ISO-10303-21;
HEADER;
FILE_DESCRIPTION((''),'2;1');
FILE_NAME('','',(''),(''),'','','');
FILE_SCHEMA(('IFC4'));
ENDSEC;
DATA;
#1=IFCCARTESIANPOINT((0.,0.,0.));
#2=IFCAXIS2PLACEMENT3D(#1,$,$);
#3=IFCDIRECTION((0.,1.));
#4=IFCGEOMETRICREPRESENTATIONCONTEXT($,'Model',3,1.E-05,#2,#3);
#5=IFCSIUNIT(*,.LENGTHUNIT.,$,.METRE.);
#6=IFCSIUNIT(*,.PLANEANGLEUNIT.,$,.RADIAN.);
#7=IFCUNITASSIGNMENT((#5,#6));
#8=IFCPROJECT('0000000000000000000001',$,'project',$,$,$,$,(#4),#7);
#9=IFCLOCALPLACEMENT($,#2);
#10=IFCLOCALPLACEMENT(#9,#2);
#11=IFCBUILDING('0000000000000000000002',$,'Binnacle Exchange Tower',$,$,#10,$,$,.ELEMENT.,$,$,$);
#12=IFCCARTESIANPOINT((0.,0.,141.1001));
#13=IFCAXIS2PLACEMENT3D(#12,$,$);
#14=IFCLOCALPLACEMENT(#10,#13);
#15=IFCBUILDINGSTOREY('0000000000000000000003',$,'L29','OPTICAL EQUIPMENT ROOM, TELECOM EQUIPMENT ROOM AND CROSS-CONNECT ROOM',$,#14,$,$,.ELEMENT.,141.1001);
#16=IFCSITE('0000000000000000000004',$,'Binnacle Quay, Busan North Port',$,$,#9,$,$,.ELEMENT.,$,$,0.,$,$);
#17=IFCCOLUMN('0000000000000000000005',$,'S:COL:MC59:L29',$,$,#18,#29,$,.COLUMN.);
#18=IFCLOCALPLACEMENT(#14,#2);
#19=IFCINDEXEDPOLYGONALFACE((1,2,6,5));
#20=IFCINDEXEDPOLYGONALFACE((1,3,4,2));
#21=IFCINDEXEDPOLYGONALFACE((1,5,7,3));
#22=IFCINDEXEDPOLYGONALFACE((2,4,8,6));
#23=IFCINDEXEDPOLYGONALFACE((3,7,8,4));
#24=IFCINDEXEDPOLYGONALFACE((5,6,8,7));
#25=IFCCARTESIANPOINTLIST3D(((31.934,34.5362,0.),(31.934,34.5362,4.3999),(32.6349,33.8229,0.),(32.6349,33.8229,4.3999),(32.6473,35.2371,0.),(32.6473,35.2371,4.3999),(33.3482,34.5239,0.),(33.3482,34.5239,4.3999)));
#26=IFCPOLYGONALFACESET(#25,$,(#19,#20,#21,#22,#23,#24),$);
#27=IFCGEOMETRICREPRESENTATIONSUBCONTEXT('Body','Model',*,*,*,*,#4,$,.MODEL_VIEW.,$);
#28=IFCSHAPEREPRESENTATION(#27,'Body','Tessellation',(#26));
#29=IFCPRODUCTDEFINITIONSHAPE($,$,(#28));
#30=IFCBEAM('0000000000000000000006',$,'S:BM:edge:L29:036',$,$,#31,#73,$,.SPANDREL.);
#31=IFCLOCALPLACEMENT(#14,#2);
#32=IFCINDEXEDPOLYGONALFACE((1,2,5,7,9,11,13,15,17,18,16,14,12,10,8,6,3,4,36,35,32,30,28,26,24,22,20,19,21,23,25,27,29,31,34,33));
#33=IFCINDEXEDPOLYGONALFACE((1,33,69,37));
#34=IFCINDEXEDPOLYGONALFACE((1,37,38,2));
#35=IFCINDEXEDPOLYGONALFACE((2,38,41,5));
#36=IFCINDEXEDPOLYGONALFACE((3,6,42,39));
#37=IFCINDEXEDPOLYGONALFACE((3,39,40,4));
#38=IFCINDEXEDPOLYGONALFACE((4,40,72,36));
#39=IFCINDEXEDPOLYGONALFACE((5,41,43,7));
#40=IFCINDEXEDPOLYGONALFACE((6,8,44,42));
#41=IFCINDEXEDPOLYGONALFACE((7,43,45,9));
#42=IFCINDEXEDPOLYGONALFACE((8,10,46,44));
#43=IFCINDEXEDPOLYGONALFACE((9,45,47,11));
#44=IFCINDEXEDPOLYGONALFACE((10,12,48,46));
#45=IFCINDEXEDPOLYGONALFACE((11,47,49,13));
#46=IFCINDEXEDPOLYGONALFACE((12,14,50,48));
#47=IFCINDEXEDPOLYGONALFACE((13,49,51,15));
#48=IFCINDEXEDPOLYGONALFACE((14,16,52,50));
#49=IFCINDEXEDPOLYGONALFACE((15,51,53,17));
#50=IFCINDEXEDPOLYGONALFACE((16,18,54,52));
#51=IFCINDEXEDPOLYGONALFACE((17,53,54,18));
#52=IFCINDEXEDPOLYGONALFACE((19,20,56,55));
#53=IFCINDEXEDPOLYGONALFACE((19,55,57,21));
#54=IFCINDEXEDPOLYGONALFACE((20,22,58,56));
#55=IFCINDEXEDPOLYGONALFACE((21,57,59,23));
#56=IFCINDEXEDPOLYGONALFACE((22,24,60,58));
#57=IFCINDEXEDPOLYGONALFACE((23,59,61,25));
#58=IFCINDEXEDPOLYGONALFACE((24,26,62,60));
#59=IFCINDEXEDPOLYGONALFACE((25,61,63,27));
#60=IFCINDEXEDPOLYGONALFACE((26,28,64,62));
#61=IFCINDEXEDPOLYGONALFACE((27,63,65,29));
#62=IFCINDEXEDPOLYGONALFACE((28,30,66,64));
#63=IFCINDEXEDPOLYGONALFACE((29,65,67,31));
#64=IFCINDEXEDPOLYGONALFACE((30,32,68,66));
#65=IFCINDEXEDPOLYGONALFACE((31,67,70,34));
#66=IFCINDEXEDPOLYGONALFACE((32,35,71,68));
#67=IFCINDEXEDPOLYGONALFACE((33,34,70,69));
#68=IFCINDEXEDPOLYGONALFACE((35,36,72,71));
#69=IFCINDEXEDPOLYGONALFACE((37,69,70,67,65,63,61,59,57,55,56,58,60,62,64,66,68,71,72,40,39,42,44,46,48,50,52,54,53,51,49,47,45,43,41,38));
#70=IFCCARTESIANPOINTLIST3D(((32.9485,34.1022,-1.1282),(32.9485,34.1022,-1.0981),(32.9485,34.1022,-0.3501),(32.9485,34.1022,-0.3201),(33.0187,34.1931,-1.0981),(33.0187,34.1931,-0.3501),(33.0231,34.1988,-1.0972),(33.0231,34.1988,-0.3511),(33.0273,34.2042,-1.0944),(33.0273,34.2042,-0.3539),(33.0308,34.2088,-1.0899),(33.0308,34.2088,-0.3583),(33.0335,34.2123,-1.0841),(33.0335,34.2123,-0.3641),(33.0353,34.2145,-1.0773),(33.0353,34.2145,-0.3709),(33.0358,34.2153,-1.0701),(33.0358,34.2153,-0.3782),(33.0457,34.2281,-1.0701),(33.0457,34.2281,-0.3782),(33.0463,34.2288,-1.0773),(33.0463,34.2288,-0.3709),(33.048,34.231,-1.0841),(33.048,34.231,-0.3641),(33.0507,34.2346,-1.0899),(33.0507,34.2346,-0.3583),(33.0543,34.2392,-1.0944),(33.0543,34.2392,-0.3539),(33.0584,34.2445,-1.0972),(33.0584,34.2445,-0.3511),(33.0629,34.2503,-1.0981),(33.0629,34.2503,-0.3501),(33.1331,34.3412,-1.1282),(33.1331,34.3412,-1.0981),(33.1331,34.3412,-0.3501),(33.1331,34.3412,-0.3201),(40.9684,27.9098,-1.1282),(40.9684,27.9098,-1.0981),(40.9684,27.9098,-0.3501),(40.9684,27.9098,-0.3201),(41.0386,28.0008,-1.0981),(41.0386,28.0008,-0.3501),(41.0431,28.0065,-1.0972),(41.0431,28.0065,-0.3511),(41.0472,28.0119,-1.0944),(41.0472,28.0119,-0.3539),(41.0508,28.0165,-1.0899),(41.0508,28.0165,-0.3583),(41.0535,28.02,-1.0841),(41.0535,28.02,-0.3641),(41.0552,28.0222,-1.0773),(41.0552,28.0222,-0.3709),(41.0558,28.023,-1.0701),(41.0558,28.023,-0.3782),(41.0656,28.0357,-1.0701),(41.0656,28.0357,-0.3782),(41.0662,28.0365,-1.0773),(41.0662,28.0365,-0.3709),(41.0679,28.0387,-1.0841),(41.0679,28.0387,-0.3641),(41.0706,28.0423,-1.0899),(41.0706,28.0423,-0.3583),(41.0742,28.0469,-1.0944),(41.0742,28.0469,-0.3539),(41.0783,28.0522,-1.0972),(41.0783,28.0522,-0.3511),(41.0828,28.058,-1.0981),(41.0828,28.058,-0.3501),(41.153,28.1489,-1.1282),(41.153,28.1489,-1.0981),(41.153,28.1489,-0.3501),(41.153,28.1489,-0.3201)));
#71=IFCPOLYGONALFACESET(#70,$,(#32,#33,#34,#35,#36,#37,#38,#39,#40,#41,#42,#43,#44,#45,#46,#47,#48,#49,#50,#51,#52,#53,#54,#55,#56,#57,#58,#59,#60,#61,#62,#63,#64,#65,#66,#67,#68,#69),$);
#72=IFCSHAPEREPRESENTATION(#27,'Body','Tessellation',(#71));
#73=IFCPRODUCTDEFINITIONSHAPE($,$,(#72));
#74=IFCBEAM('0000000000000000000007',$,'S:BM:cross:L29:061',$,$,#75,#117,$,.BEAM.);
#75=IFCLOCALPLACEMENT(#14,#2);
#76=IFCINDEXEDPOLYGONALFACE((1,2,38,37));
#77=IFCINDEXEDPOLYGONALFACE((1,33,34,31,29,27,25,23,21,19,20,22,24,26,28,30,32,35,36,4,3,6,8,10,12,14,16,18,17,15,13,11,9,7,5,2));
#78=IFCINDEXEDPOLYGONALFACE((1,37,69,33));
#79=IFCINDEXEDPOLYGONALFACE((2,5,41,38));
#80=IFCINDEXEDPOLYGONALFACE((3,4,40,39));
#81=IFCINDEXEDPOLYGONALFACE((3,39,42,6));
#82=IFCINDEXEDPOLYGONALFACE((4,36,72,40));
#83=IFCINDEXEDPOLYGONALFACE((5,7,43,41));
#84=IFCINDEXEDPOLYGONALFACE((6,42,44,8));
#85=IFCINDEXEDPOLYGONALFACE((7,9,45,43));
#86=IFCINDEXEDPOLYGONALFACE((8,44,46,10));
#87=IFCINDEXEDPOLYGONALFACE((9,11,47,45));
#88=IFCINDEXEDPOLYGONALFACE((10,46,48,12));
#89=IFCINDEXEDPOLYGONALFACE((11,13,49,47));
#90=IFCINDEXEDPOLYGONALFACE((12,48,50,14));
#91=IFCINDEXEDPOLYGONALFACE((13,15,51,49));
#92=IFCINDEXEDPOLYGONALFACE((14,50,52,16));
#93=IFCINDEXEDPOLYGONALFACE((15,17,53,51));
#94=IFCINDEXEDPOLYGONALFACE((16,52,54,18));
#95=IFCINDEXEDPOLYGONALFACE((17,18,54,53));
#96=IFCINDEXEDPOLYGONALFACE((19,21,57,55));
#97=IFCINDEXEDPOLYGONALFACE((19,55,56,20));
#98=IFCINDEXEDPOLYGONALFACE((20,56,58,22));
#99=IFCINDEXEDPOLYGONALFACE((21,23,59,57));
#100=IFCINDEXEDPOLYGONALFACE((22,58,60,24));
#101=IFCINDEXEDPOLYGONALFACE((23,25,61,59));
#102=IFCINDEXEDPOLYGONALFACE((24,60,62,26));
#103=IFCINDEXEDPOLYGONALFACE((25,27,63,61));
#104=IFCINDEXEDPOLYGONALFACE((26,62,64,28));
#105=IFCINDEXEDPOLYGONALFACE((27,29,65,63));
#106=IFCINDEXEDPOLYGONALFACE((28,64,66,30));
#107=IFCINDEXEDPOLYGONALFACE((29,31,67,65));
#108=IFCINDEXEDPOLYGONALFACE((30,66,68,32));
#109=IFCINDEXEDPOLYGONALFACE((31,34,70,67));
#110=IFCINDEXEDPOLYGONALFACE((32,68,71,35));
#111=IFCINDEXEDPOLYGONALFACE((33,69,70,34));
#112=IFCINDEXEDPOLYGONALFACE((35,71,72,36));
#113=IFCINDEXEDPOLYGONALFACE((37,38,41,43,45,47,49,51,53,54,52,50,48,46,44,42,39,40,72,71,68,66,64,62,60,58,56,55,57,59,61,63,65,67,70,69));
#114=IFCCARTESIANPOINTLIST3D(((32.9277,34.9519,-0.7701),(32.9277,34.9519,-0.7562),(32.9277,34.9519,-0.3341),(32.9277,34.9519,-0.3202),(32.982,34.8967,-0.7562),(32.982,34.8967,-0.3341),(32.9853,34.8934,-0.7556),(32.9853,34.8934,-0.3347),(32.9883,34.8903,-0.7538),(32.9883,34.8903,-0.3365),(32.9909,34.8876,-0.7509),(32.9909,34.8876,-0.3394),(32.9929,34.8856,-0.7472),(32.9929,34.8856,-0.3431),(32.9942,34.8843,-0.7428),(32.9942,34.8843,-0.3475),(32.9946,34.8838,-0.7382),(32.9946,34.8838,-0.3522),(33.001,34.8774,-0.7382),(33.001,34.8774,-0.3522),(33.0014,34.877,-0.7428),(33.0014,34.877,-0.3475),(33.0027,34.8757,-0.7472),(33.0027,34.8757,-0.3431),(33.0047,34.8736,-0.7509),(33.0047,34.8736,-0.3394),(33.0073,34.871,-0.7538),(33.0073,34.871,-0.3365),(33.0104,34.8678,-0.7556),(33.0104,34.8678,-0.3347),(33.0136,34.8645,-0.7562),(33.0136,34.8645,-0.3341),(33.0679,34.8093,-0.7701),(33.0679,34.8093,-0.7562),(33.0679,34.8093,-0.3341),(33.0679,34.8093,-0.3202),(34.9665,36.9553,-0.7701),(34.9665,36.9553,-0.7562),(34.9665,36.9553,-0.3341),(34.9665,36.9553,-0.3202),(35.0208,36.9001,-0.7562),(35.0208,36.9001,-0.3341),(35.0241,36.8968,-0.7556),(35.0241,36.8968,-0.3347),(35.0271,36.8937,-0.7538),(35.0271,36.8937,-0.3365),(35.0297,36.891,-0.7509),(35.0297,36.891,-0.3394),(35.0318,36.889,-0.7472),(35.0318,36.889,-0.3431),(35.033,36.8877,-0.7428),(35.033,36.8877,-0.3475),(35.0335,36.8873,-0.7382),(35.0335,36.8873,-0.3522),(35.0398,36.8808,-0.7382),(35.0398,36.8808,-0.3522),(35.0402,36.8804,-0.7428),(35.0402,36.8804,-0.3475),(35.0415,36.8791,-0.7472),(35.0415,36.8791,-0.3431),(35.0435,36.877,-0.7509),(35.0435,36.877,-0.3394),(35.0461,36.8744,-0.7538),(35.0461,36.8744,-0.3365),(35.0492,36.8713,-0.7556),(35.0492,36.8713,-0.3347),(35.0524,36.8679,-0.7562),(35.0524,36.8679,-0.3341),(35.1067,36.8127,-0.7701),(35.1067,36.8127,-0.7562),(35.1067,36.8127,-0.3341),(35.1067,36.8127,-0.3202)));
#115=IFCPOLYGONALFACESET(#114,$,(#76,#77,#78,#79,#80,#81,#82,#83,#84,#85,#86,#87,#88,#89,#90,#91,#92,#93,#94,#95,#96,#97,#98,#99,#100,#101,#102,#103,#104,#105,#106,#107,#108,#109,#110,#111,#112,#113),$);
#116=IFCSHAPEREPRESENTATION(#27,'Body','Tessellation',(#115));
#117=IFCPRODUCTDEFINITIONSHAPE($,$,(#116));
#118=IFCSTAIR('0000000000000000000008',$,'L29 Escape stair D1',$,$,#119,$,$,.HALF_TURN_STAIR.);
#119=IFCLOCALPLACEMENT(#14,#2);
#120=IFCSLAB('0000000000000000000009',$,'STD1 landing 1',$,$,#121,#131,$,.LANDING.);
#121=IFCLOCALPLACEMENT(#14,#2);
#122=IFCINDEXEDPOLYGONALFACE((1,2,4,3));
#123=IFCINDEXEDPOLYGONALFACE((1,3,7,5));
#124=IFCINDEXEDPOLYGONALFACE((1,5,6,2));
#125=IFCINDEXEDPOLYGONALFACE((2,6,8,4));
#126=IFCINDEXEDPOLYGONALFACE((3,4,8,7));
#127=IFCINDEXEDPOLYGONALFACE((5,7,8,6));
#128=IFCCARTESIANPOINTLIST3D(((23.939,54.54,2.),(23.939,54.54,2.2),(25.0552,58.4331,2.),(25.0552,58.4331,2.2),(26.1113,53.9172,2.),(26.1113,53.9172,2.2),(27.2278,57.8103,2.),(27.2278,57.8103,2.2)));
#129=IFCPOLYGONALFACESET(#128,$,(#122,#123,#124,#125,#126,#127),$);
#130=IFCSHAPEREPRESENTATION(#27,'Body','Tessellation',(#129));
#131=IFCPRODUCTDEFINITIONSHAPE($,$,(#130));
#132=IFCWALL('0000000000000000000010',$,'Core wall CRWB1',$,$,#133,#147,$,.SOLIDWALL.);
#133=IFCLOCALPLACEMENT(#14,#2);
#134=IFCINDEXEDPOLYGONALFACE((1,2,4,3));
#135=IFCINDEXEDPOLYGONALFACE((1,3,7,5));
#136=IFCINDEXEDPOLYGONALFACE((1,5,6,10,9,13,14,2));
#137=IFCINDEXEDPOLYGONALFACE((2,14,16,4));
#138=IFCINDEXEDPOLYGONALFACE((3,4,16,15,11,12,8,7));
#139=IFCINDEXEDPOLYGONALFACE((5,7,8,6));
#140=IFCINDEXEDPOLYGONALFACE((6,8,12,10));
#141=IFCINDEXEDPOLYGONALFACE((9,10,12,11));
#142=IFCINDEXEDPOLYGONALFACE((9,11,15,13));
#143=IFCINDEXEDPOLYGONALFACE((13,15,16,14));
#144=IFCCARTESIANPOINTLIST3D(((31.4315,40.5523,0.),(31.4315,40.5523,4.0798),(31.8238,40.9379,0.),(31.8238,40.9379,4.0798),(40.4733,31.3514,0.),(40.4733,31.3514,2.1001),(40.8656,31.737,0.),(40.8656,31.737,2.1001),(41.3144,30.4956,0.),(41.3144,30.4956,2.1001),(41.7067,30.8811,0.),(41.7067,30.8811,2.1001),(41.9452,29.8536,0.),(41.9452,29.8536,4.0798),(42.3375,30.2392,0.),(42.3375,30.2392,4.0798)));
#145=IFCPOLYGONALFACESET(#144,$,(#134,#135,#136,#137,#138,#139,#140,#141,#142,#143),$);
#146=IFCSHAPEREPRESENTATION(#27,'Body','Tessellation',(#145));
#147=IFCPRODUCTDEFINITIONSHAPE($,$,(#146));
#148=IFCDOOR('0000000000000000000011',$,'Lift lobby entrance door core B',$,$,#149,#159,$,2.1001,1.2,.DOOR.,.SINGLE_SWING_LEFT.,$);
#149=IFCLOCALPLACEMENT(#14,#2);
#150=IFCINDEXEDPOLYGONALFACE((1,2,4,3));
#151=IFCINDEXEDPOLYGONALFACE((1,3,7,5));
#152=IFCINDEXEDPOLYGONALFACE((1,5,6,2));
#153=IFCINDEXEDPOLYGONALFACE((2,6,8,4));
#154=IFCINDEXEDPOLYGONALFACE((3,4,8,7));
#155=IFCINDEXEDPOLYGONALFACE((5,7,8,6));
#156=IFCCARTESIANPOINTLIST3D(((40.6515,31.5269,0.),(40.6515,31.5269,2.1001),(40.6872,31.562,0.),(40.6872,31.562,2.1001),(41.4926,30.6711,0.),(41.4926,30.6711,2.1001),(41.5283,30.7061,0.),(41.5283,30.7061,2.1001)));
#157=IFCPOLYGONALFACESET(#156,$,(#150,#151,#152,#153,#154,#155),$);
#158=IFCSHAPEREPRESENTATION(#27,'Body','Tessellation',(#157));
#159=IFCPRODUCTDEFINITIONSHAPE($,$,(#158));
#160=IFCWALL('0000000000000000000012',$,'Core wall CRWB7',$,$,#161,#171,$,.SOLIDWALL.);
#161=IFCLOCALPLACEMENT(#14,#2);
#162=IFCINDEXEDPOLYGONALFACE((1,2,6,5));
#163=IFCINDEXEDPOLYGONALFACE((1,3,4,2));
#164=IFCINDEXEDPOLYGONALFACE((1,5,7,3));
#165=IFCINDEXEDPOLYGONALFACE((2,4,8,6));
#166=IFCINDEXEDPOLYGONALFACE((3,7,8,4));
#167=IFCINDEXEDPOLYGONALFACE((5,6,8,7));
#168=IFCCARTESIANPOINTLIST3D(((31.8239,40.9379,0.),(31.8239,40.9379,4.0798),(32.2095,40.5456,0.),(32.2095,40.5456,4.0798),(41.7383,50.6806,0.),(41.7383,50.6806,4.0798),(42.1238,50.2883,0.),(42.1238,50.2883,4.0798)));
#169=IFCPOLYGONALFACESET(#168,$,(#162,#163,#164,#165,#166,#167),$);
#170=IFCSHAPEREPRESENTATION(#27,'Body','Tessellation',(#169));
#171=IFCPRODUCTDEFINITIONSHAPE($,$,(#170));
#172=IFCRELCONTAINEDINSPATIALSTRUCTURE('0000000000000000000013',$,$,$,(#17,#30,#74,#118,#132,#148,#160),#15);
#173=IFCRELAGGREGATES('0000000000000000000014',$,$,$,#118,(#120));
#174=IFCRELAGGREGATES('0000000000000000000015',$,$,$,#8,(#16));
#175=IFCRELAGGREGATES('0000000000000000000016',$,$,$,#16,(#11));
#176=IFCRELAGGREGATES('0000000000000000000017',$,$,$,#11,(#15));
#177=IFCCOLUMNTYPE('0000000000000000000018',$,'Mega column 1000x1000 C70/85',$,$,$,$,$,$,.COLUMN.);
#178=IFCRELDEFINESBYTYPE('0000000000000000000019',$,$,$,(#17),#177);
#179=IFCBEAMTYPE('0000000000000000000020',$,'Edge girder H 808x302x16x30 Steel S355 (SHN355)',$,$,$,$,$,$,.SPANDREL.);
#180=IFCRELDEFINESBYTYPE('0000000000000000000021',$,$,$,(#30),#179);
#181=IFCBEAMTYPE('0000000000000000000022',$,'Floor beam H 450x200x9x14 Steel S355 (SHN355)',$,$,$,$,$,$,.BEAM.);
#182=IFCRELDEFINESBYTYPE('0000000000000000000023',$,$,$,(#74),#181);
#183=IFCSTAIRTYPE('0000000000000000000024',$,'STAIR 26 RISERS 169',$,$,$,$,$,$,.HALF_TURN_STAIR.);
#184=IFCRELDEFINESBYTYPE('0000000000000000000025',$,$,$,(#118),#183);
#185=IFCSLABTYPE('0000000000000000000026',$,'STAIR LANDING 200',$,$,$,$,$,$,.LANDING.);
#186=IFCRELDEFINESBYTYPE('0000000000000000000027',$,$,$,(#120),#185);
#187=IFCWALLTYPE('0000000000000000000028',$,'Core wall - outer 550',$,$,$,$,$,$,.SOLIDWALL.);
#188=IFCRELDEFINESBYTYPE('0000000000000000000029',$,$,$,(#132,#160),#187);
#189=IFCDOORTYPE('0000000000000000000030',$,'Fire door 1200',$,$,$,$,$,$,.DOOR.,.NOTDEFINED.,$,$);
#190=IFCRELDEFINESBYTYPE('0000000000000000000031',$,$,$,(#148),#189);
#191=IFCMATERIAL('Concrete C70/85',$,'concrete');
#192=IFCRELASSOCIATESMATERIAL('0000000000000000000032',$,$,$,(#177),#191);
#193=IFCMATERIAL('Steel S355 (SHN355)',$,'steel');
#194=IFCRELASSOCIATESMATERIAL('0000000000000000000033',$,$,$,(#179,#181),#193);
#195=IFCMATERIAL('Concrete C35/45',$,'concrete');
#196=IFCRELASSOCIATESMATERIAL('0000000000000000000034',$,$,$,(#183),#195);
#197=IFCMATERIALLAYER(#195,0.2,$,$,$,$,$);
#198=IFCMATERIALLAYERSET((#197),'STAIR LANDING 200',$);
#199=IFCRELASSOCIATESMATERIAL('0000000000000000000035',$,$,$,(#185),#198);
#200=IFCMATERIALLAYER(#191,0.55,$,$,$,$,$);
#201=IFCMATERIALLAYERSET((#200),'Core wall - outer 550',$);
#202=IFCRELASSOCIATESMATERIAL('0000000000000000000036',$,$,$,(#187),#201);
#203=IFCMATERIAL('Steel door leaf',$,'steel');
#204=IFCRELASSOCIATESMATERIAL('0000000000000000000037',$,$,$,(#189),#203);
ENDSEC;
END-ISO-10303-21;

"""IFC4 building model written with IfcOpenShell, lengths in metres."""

from ifc_helpers import new_model, si_unit, direction, frame, frame_2d, origin, origin_2d, place, context, subcontext, project, spatial, polyline, rectangle, i_section, outline, extrude, material, layer, layer_set, material_profile, profile_set, type_object, element, fill, aggregate, save


model = new_model("IFC4")

# Units and contexts
model_context = context("Model", 3, precision=1e-05, world=origin(), true_north=direction((0.0, 1.0)))
body_context = subcontext(model_context, "Body", "Model", "MODEL_VIEW")
ifc_project = project(units=[si_unit("LENGTHUNIT", "METRE"), si_unit("PLANEANGLEUNIT", "RADIAN")], contexts=[model_context])

# Site, building, storey
site_placement = place(None, origin())
site = spatial("IfcSite", under=ifc_project, at=site_placement, Name="Binnacle Quay, Busan North Port", CompositionType="ELEMENT", RefElevation=0.0)
building_placement = place(site_placement, origin())
building = spatial("IfcBuilding", under=site, at=building_placement, Name="Binnacle Exchange Tower", CompositionType="ELEMENT")
storey_placement = place(building_placement, frame((0.0, 0.0, 141.1001)))
storey = spatial("IfcBuildingStorey", under=building, at=storey_placement, Name="L29", Description="OPTICAL EQUIPMENT ROOM, TELECOM EQUIPMENT ROOM AND CROSS-CONNECT ROOM", CompositionType="ELEMENT", Elevation=141.1001)

# Column
ifc_material_1 = material(Name="Concrete C70/85", Category="concrete")
ifc_material_profile_1 = material_profile(ifc_material_1, rectangle(XDim=1.0, YDim=1.0, at=origin_2d()), Name="Mega column 1000x1000 C70/85")
ifc_profile_set_1 = profile_set([ifc_material_profile_1], Name="Concrete C70/85")
column_type = type_object("IfcColumnType", Name="Mega column 1000x1000 C70/85", PredefinedType="COLUMN", material=ifc_profile_set_1)
column_placement = place(storey_placement, frame((32.6411, 34.53, 0.0), z_axis=(0.0, 0.0, 1.0), x_axis=(0.700909, -0.71325, 0.0)))
element("IfcColumn", 1, at=column_placement, inside=storey, type_object=column_type, Name="S:COL:MC59:L29", PredefinedType="COLUMN", context=body_context, shape_type="SweptSolid", body=[
    extrude(rectangle(XDim=1.0, YDim=1.0, at=origin_2d()), origin(), (0.0, 0.0, 1.0), 4.3999),
])

# Beams
ifc_material_2 = material(Name="Steel S355 (SHN355)", Category="steel")
ifc_material_profile_2 = material_profile(ifc_material_2, i_section(OverallWidth=0.302, OverallDepth=0.8081, WebThickness=0.0161, FlangeThickness=0.03, FilletRadius=0.0281, at=origin_2d()), Name="H 808x302x16x30")
ifc_profile_set_2 = profile_set([ifc_material_profile_2], Name="Steel S355 (SHN355)")
beam_type_1 = type_object("IfcBeamType", Name="Edge girder H 808x302x16x30 Steel S355 (SHN355)", PredefinedType="SPANDREL", material=ifc_profile_set_2)
beam_1_placement = place(storey_placement, frame((33.0408, 34.2217, -0.7241), z_axis=(0.791519, -0.611144, 0.0), x_axis=(0.611144, 0.791519, 0.0)))
element("IfcBeam", 2, at=beam_1_placement, inside=storey, type_object=beam_type_1, Name="S:BM:edge:L29:036", PredefinedType="SPANDREL", context=body_context, shape_type="SweptSolid", body=[
    extrude(i_section(OverallWidth=0.302, OverallDepth=0.8081, WebThickness=0.0161, FlangeThickness=0.03, FilletRadius=0.0281, at=origin_2d()), origin(), (0.0, 0.0, 1.0), 10.1323),
])
ifc_material_profile_3 = material_profile(ifc_material_2, i_section(OverallWidth=0.2, OverallDepth=0.45, WebThickness=0.009, FlangeThickness=0.0139, FilletRadius=0.0181, at=origin_2d()), Name="H 450x200x9x14")
ifc_profile_set_3 = profile_set([ifc_material_profile_3], Name="Steel S355 (SHN355)")
beam_type_2 = type_object("IfcBeamType", Name="Floor beam H 450x200x9x14 Steel S355 (SHN355)", PredefinedType="BEAM", material=ifc_profile_set_3)
beam_2_placement = place(storey_placement, frame((32.9978, 34.8806, -0.5452), z_axis=(0.713272, 0.700887, 0.0), x_axis=(-0.700887, 0.713272, 0.0)))
element("IfcBeam", 3, at=beam_2_placement, inside=storey, type_object=beam_type_2, Name="S:BM:cross:L29:061", PredefinedType="BEAM", context=body_context, shape_type="SweptSolid", body=[
    extrude(i_section(OverallWidth=0.2, OverallDepth=0.45, WebThickness=0.009, FlangeThickness=0.0139, FilletRadius=0.0181, at=origin_2d()), origin(), (0.0, 0.0, 1.0), 2.8584),
])

# Stair, slab
ifc_material_3 = material(Name="Concrete C35/45", Category="concrete")
stair_type = type_object("IfcStairType", Name="STAIR 26 RISERS 169", PredefinedType="HALF_TURN_STAIR", material=ifc_material_3)
stair_placement = place(storey_placement, origin())
stair = element("IfcStair", 4, at=stair_placement, inside=storey, type_object=stair_type, Name="L29 Escape stair D1", PredefinedType="HALF_TURN_STAIR")
ifc_layer_1 = layer(ifc_material_3, 0.2)
ifc_layer_set_1 = layer_set([ifc_layer_1], Name="STAIR LANDING 200")
slab_type = type_object("IfcSlabType", Name="STAIR LANDING 200", PredefinedType="LANDING", material=ifc_layer_set_1)
slab_placement = place(storey_placement, frame((0.0, 0.0, 2.0)))
slab = element("IfcSlab", 5, at=slab_placement, type_object=slab_type, Name="STD1 landing 1", PredefinedType="LANDING", context=body_context, shape_type="SweptSolid", body=[
    extrude(outline(polyline([(23.939, 54.54), (26.1113, 53.9172), (27.2278, 57.8103), (25.0552, 58.4331), (23.939, 54.54)])), origin(), (0.0, 0.0, 1.0), 0.2),
])
aggregate(stair, [slab])

# Wall, opening, door
ifc_layer_2 = layer(ifc_material_1, 0.55)
ifc_layer_set_2 = layer_set([ifc_layer_2], Name="Core wall - outer 550")
wall_type_1 = type_object("IfcWallType", Name="Core wall - outer 550", PredefinedType="SOLIDWALL", material=ifc_layer_set_2)
wall_1_placement = place(storey_placement, frame((31.6277, 40.7451, 0.0), z_axis=(0.0, 0.0, 1.0), x_axis=(0.700911, -0.713248, 0.0)))
wall_1 = element("IfcWall", 6, at=wall_1_placement, inside=storey, type_object=wall_type_1, Name="Core wall CRWB1", PredefinedType="SOLIDWALL", context=body_context, shape_type="SweptSolid", body=[
    extrude(rectangle(XDim=15.0, YDim=0.55, at=frame_2d((7.5, 0.0))), origin(), (0.0, 0.0, 1.0), 4.0798),
])
opening_1_placement = place(wall_1_placement, frame((12.8999, 0.0, 0.0)))
opening_1 = element("IfcOpeningElement", 7, at=opening_1_placement, cuts=wall_1, PredefinedType="OPENING", context=body_context, shape_type="SweptSolid", body=[
    extrude(rectangle(XDim=1.2, YDim=2.1001, at=frame_2d((0.6001, 1.05))), frame((0.0, 0.2849, 0.0), z_axis=(0.0, -1.0, 0.0), x_axis=(1.0, 0.0, 0.0)), (0.0, 0.0, 1.0), 0.5701),
])
ifc_material_4 = material(Name="Steel door leaf", Category="steel")
door_type = type_object("IfcDoorType", Name="Fire door 1200", OperationType="NOTDEFINED", PredefinedType="DOOR", material=ifc_material_4)
door_placement = place(opening_1_placement, frame((1.2, 0.0, 0.0), z_axis=(0.0, 0.0, 1.0), x_axis=(-1.0, 0.0, 0.0)))
door = element("IfcDoor", 8, at=door_placement, inside=storey, type_object=door_type, Name="Lift lobby entrance door core B", OperationType="SINGLE_SWING_LEFT", OverallHeight=2.1001, OverallWidth=1.2, PredefinedType="DOOR", context=body_context, shape_type="SweptSolid", body=[
    extrude(rectangle(XDim=1.2, YDim=2.1001, at=frame_2d((0.6001, 1.05))), frame((0.0, 0.0249, 0.0), z_axis=(0.0, -1.0, 0.0), x_axis=(1.0, 0.0, 0.0)), (0.0, 0.0, 1.0), 0.05),
])
fill(opening_1, door)

# Wall
wall_2_placement = place(storey_placement, frame((32.0166, 40.7417, 0.0), z_axis=(0.0, 0.0, 1.0), x_axis=(0.713254, 0.700906, 0.0)))
element("IfcWall", 9, at=wall_2_placement, inside=storey, type_object=wall_type_1, Name="Core wall CRWB7", PredefinedType="SOLIDWALL", context=body_context, shape_type="SweptSolid", body=[
    extrude(rectangle(XDim=13.9001, YDim=0.55, at=frame_2d((6.9502, 0.0))), origin(), (0.0, 0.0, 1.0), 4.0798),
])

save(model, "model.ifc")
